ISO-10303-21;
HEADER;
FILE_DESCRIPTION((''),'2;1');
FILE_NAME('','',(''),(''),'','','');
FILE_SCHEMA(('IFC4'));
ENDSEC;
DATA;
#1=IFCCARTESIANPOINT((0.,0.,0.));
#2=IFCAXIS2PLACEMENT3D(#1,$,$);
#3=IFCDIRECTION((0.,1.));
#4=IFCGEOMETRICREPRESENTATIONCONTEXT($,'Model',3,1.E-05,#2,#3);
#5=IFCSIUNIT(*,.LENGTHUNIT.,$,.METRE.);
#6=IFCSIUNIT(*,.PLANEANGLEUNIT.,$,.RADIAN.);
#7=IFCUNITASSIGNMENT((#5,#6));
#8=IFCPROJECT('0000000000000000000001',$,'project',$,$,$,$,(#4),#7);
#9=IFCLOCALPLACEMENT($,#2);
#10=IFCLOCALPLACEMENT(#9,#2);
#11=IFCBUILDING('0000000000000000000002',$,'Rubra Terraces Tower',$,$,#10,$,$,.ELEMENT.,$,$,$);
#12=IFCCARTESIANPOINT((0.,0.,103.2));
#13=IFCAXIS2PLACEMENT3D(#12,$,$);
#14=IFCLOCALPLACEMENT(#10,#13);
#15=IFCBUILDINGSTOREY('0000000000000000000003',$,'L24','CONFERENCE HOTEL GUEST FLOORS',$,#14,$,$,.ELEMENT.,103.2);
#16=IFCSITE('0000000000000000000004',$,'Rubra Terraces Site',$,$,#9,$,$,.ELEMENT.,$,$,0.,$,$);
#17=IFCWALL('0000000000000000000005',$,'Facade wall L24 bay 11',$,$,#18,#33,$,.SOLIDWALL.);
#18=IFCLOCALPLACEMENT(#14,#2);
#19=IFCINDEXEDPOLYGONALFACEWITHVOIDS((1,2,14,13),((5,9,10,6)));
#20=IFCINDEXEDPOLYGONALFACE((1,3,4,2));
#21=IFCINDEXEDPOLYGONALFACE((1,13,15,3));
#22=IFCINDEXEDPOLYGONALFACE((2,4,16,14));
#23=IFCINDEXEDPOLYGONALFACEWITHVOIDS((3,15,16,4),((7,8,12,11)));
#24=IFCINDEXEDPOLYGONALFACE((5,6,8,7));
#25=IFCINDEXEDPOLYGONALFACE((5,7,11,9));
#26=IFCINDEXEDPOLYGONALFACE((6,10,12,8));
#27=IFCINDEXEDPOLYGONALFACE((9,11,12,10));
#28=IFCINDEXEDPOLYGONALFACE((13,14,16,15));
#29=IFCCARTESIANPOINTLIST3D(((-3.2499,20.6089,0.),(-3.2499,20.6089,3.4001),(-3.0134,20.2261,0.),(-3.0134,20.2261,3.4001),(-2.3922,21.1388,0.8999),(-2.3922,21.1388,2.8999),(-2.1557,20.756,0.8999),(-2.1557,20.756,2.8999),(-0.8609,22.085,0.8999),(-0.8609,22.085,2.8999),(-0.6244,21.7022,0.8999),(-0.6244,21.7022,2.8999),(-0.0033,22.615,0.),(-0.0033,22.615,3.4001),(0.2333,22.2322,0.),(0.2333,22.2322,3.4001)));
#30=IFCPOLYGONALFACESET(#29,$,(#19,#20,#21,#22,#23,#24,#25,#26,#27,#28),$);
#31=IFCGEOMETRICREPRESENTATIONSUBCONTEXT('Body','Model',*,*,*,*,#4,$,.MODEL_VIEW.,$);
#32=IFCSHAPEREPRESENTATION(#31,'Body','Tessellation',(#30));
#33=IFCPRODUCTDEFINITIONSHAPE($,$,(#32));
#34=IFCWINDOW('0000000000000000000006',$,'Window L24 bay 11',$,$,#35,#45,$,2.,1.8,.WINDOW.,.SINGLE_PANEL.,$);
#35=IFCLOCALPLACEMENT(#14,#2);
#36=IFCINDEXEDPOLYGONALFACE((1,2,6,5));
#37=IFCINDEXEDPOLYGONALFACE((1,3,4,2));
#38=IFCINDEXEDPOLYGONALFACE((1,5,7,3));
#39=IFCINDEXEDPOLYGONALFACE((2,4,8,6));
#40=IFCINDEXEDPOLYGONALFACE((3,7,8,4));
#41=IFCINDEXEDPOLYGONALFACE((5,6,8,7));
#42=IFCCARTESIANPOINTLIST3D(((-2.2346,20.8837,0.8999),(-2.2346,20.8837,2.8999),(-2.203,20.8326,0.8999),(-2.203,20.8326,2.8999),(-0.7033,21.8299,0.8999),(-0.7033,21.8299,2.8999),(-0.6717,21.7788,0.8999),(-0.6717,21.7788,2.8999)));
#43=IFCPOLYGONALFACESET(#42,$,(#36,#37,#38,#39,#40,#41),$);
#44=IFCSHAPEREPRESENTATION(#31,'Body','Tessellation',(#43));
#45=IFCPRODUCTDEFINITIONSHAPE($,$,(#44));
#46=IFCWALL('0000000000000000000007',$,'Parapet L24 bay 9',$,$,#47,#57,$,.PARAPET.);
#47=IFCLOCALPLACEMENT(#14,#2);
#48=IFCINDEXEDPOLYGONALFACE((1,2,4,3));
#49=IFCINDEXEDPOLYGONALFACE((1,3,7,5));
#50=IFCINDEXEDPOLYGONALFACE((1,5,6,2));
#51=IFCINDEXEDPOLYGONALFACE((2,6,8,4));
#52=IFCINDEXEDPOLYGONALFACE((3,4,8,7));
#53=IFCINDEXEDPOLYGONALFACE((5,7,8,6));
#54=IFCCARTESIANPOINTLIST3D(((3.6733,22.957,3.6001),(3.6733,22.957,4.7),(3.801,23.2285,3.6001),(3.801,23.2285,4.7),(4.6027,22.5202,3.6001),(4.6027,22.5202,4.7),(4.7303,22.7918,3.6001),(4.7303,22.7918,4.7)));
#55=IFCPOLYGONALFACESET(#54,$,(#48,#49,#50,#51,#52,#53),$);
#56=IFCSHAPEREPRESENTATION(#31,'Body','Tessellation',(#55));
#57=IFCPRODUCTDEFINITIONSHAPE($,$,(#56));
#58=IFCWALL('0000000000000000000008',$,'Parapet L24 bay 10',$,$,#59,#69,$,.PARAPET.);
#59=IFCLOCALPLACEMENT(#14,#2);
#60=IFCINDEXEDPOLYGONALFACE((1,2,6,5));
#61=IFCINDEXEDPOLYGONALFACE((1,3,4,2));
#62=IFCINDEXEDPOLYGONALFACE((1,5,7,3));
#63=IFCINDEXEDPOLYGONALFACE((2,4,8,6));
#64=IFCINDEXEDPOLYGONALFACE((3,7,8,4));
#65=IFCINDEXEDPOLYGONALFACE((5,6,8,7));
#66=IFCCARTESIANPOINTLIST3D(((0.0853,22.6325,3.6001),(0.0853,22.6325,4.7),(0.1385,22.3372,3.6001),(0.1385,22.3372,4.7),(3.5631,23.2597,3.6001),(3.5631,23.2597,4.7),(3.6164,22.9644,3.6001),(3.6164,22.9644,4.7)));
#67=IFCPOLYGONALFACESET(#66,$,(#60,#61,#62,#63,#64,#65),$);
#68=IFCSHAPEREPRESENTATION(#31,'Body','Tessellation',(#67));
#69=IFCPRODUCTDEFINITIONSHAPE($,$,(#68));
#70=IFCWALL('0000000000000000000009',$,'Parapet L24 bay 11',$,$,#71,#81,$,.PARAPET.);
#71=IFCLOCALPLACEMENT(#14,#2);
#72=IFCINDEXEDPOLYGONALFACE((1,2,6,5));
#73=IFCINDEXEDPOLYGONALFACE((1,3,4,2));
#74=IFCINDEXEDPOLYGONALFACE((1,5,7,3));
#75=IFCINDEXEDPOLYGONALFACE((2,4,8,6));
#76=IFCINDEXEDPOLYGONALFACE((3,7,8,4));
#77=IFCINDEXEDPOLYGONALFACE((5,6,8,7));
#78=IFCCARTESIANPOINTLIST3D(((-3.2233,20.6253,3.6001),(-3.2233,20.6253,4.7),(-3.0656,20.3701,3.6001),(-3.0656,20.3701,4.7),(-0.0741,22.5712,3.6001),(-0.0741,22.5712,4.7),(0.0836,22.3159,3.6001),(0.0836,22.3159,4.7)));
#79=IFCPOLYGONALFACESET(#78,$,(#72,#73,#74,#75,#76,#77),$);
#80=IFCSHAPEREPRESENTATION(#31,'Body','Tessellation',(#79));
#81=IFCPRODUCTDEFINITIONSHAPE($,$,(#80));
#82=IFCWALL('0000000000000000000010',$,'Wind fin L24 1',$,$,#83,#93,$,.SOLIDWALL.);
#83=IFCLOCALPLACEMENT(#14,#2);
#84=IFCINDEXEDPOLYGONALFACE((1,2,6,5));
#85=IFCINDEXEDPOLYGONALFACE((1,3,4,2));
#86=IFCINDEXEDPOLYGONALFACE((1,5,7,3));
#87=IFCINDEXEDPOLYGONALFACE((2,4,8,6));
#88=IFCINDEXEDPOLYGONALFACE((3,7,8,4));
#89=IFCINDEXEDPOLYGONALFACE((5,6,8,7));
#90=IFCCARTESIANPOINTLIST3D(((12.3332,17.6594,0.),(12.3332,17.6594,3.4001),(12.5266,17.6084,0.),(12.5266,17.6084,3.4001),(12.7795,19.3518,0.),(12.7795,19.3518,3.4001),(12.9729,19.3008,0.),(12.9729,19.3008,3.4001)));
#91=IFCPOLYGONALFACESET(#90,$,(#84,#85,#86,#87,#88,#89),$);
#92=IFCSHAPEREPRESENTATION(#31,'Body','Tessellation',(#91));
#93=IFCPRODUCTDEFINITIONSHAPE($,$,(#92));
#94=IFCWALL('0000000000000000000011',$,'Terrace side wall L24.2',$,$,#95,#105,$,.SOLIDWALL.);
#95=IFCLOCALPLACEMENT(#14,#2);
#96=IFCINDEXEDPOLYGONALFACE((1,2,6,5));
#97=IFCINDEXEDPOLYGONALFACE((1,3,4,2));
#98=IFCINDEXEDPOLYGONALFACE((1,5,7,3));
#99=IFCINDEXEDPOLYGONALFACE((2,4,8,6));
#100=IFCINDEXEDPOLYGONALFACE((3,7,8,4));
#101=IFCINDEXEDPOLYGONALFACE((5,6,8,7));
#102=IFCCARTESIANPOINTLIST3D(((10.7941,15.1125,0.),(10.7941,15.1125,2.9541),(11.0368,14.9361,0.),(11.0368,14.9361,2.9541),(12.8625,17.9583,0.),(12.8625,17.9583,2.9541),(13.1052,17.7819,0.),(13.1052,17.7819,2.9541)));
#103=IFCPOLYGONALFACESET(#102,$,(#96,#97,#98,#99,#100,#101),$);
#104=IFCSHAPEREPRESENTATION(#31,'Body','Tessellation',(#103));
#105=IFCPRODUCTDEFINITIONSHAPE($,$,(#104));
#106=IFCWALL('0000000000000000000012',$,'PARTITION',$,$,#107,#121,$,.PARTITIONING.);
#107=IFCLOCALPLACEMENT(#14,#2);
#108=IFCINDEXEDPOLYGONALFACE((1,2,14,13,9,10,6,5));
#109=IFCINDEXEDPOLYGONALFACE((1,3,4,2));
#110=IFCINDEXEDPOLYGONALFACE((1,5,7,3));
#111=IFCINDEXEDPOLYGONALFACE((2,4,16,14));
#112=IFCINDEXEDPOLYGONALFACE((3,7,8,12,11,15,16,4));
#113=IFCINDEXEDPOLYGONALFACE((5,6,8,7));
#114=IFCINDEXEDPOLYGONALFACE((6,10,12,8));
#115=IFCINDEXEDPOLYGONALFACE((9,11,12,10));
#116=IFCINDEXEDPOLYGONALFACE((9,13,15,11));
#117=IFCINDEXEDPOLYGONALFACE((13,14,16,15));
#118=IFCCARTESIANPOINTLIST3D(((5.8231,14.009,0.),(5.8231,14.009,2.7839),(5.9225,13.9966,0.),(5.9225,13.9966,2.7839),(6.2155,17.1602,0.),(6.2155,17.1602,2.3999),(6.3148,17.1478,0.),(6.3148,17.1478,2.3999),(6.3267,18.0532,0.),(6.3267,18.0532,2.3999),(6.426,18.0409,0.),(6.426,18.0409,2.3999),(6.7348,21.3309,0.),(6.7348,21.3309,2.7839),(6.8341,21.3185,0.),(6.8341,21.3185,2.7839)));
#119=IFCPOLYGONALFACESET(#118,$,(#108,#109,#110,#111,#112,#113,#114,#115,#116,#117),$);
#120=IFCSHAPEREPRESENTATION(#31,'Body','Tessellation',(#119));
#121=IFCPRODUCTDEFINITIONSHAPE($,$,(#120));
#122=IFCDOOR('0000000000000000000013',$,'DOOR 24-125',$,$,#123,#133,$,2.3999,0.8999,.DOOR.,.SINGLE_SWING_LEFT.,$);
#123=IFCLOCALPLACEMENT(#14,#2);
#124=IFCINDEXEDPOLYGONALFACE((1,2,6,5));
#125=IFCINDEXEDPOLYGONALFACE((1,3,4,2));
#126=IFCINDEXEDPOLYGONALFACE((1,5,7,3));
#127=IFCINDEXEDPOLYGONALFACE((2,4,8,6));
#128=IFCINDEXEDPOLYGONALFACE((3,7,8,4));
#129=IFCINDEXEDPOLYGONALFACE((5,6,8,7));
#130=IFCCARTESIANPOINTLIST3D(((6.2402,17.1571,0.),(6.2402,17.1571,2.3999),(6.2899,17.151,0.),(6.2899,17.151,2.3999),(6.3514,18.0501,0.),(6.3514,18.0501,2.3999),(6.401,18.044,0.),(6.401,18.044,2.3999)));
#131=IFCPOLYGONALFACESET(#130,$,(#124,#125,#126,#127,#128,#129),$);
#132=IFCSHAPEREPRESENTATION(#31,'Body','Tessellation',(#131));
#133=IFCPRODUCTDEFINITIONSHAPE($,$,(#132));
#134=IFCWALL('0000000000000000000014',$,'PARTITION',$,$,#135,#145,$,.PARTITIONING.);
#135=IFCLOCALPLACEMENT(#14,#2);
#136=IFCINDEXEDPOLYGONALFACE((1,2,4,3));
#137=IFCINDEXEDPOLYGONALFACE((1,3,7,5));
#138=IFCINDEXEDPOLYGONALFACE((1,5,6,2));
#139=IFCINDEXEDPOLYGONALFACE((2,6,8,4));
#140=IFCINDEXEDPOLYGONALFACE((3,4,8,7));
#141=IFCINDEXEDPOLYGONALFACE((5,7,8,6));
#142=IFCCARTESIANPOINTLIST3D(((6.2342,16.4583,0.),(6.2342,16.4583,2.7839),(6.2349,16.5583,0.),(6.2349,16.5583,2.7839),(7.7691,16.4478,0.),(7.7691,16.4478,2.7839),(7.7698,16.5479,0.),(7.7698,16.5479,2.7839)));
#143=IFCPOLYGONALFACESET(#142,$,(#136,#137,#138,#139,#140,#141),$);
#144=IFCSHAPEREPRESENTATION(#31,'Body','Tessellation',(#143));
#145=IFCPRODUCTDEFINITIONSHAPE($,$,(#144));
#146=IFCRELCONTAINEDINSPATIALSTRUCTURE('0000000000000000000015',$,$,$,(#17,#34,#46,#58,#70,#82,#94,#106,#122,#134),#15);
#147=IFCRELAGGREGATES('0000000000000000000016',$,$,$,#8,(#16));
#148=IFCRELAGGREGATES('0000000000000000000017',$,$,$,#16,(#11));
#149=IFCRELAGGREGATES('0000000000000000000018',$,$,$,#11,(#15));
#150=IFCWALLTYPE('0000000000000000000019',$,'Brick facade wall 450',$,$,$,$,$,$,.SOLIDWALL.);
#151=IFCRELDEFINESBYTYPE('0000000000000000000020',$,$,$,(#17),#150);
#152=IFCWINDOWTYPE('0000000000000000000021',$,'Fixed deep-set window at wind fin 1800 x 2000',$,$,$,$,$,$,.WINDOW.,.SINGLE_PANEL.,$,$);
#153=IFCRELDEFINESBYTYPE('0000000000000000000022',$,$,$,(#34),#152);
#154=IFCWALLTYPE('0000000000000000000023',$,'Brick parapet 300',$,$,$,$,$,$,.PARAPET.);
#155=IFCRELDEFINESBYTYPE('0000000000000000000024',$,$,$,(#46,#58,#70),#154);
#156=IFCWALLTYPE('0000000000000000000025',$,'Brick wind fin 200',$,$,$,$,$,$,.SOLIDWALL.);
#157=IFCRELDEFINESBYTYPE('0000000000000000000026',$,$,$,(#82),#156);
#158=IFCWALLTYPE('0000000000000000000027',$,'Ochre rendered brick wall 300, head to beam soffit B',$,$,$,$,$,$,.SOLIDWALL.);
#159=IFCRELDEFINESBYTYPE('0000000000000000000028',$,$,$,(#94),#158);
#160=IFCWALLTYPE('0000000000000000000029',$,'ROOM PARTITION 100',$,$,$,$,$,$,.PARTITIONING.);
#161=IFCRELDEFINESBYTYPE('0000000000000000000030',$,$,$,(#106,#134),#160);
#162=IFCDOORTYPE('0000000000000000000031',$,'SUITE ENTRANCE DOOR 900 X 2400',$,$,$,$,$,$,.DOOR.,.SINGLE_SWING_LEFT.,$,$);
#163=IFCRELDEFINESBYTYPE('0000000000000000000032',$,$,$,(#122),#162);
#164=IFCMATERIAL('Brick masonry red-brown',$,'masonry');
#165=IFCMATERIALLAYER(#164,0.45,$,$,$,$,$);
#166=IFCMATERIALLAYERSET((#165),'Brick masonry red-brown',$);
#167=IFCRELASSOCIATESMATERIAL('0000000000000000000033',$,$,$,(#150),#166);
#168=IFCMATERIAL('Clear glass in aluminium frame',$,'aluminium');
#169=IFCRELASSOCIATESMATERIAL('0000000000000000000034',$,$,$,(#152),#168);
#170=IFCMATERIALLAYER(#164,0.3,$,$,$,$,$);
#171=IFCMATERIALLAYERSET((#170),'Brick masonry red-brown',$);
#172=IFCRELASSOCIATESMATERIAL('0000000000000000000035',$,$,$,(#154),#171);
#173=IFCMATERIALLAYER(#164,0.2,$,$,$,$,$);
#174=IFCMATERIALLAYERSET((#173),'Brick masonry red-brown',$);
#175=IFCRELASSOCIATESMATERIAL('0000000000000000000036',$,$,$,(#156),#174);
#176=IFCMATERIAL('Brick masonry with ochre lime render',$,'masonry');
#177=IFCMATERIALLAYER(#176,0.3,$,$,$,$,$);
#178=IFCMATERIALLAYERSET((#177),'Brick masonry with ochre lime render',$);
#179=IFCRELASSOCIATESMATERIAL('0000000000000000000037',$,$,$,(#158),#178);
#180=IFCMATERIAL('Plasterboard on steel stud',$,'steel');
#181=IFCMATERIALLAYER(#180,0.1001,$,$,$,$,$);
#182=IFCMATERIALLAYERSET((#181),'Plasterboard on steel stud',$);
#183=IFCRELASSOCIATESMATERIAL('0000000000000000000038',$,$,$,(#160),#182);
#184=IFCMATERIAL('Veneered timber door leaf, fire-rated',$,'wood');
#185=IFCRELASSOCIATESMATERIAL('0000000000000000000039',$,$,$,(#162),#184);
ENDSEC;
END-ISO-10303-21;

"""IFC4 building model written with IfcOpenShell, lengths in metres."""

from ifc_helpers import new_model, si_unit, direction, frame, frame_2d, origin, place, context, subcontext, project, spatial, rectangle, extrude, material, layer, layer_set, type_object, element, fill, save


model = new_model("IFC4")

# Units and contexts
model_context = context("Model", 3, precision=1e-05, world=origin(), true_north=direction((0.0, 1.0)))
body_context = subcontext(model_context, "Body", "Model", "MODEL_VIEW")
ifc_project = project(units=[si_unit("LENGTHUNIT", "METRE"), si_unit("PLANEANGLEUNIT", "RADIAN")], contexts=[model_context])

# Site, building, storey
site_placement = place(None, origin())
site = spatial("IfcSite", under=ifc_project, at=site_placement, Name="Rubra Terraces Site", CompositionType="ELEMENT", RefElevation=0.0)
building_placement = place(site_placement, origin())
building = spatial("IfcBuilding", under=site, at=building_placement, Name="Rubra Terraces Tower", CompositionType="ELEMENT")
storey_placement = place(building_placement, frame((0.0, 0.0, 103.2)))
storey = spatial("IfcBuildingStorey", under=building, at=storey_placement, Name="L24", Description="CONFERENCE HOTEL GUEST FLOORS", CompositionType="ELEMENT", Elevation=103.2)

# Shared definitions
ifc_material_1 = material(Name="Brick masonry red-brown", Category="masonry")

# Wall, opening, window
ifc_layer_1 = layer(ifc_material_1, 0.45)
ifc_layer_set_1 = layer_set([ifc_layer_1], Name="Brick masonry red-brown")
wall_type_1 = type_object("IfcWallType", Name="Brick facade wall 450", PredefinedType="SOLIDWALL", material=ifc_layer_set_1)
ifc_material_2 = material(Name="Clear glass in aluminium frame", Category="aluminium")
wall_1_placement = place(storey_placement, frame((0.115, 22.4236, 0.0), z_axis=(0.0, 0.0, 1.0), x_axis=(-0.850697, -0.525656, 0.0)))
wall_1 = element("IfcWall", 1, at=wall_1_placement, inside=storey, type_object=wall_type_1, Name="Facade wall L24 bay 11", PredefinedType="SOLIDWALL", context=body_context, shape_type="SweptSolid", body=[
    extrude(rectangle(XDim=3.8164, YDim=0.45, at=frame_2d((1.9082, 0.0))), origin(), (0.0, 0.0, 1.0), 3.4001),
])
opening_1_placement = place(wall_1_placement, frame((1.0083, 0.0, 0.8999)))
opening_1 = element("IfcOpeningElement", 2, at=opening_1_placement, cuts=wall_1, PredefinedType="OPENING", context=body_context, shape_type="SweptSolid", body=[
    extrude(rectangle(XDim=1.8, YDim=2.0, at=frame_2d((0.8999, 1.0))), frame((0.0, 0.2349, 0.0), z_axis=(0.0, -1.0, 0.0), x_axis=(1.0, 0.0, 0.0)), (0.0, 0.0, 1.0), 0.47),
])
window_type_1 = type_object("IfcWindowType", Name="Fixed deep-set window at wind fin 1800 x 2000", PartitioningType="SINGLE_PANEL", PredefinedType="WINDOW", material=ifc_material_2)
window_1_placement = place(opening_1_placement, origin())
window_1 = element("IfcWindow", 3, at=window_1_placement, inside=storey, type_object=window_type_1, Name="Window L24 bay 11", OverallHeight=2.0, OverallWidth=1.8, PartitioningType="SINGLE_PANEL", PredefinedType="WINDOW", context=body_context, shape_type="SweptSolid", body=[
    extrude(rectangle(XDim=1.8, YDim=2.0, at=frame_2d((0.8999, 1.0))), frame((0.0, 0.135, 0.0), z_axis=(0.0, -1.0, 0.0), x_axis=(1.0, 0.0, 0.0)), (0.0, 0.0, 1.0), 0.0601),
])
fill(opening_1, window_1)

# Walls
ifc_layer_2 = layer(ifc_material_1, 0.3)
ifc_layer_set_2 = layer_set([ifc_layer_2], Name="Brick masonry red-brown")
wall_type_2 = type_object("IfcWallType", Name="Brick parapet 300", PredefinedType="PARAPET", material=ifc_layer_set_2)
wall_2_placement = place(storey_placement, frame((4.6665, 22.656, 3.6001), z_axis=(0.0, 0.0, 1.0), x_axis=(-0.90505, 0.425305, 0.0)))
element("IfcWall", 4, at=wall_2_placement, inside=storey, type_object=wall_type_2, Name="Parapet L24 bay 9", PredefinedType="PARAPET", context=body_context, shape_type="SweptSolid", body=[
    extrude(rectangle(XDim=1.0269, YDim=0.3, at=frame_2d((0.5134, 0.0))), origin(), (0.0, 0.0, 1.0), 1.0999),
])
wall_3_placement = place(storey_placement, frame((3.5898, 23.1121, 3.6001), z_axis=(0.0, 0.0, 1.0), x_axis=(-0.984124, -0.177481, 0.0)))
element("IfcWall", 5, at=wall_3_placement, inside=storey, type_object=wall_type_2, Name="Parapet L24 bay 10", PredefinedType="PARAPET", context=body_context, shape_type="SweptSolid", body=[
    extrude(rectangle(XDim=3.5339, YDim=0.3, at=frame_2d((1.7671, 0.0))), origin(), (0.0, 0.0, 1.0), 1.0999),
])
wall_4_placement = place(storey_placement, frame((0.0049, 22.4436, 3.6001), z_axis=(0.0, 0.0, 1.0), x_axis=(-0.85071, -0.525635, 0.0)))
element("IfcWall", 6, at=wall_4_placement, inside=storey, type_object=wall_type_2, Name="Parapet L24 bay 11", PredefinedType="PARAPET", context=body_context, shape_type="SweptSolid", body=[
    extrude(rectangle(XDim=3.7019, YDim=0.3, at=frame_2d((1.8511, 0.0))), origin(), (0.0, 0.0, 1.0), 1.0999),
])
ifc_layer_3 = layer(ifc_material_1, 0.2)
ifc_layer_set_3 = layer_set([ifc_layer_3], Name="Brick masonry red-brown")
wall_type_3 = type_object("IfcWallType", Name="Brick wind fin 200", PredefinedType="SOLIDWALL", material=ifc_layer_set_3)
wall_5_placement = place(storey_placement, frame((12.4299, 17.634, 0.0), z_axis=(0.0, 0.0, 1.0), x_axis=(0.254988, 0.966944, 0.0)))
element("IfcWall", 7, at=wall_5_placement, inside=storey, type_object=wall_type_3, Name="Wind fin L24 1", PredefinedType="SOLIDWALL", context=body_context, shape_type="SweptSolid", body=[
    extrude(rectangle(XDim=1.7502, YDim=0.2, at=frame_2d((0.875, 0.0))), origin(), (0.0, 0.0, 1.0), 3.4001),
])
ifc_material_3 = material(Name="Brick masonry with ochre lime render", Category="masonry")
ifc_layer_4 = layer(ifc_material_3, 0.3)
ifc_layer_set_4 = layer_set([ifc_layer_4], Name="Brick masonry with ochre lime render")
wall_type_4 = type_object("IfcWallType", Name="Ochre rendered brick wall 300, head to beam soffit B", PredefinedType="SOLIDWALL", material=ifc_layer_set_4)
wall_6_placement = place(storey_placement, frame((12.9839, 17.8701, 0.0), z_axis=(0.0, 0.0, 1.0), x_axis=(-0.587941, -0.808904, 0.0)))
element("IfcWall", 8, at=wall_6_placement, inside=storey, type_object=wall_type_4, Name="Terrace side wall L24.2", PredefinedType="SOLIDWALL", context=body_context, shape_type="SweptSolid", body=[
    extrude(rectangle(XDim=3.5181, YDim=0.3, at=frame_2d((1.759, 0.0))), origin(), (0.0, 0.0, 1.0), 2.9541),
])

# Wall, opening, door
ifc_material_4 = material(Name="Plasterboard on steel stud", Category="steel")
ifc_layer_5 = layer(ifc_material_4, 0.1001)
ifc_layer_set_5 = layer_set([ifc_layer_5], Name="Plasterboard on steel stud")
wall_type_5 = type_object("IfcWallType", Name="ROOM PARTITION 100", PredefinedType="PARTITIONING", material=ifc_layer_set_5)
wall_7_placement = place(storey_placement, frame((6.7844, 21.3247, 0.0), z_axis=(0.0, 0.0, 1.0), x_axis=(-0.123554, -0.992338, 0.0)))
wall_7 = element("IfcWall", 9, at=wall_7_placement, inside=storey, type_object=wall_type_5, Name="PARTITION", PredefinedType="PARTITIONING", context=body_context, shape_type="SweptSolid", body=[
    extrude(rectangle(XDim=7.3784, YDim=0.1001, at=frame_2d((3.6892, 0.0))), origin(), (0.0, 0.0, 1.0), 2.7839),
])
opening_2_placement = place(wall_7_placement, frame((3.303, 0.0, 0.0)))
opening_2 = element("IfcOpeningElement", 10, at=opening_2_placement, cuts=wall_7, PredefinedType="OPENING", context=body_context, shape_type="SweptSolid", body=[
    extrude(rectangle(XDim=0.8999, YDim=2.3999, at=frame_2d((0.45, 1.2))), frame((0.0, 0.0601, 0.0), z_axis=(0.0, -1.0, 0.0), x_axis=(1.0, 0.0, 0.0)), (0.0, 0.0, 1.0), 0.1201),
])
ifc_material_5 = material(Name="Veneered timber door leaf, fire-rated", Category="wood")
door_type = type_object("IfcDoorType", Name="SUITE ENTRANCE DOOR 900 X 2400", OperationType="SINGLE_SWING_LEFT", PredefinedType="DOOR", material=ifc_material_5)
door_placement = place(opening_2_placement, origin())
door = element("IfcDoor", 11, at=door_placement, inside=storey, type_object=door_type, Name="DOOR 24-125", OperationType="SINGLE_SWING_LEFT", OverallHeight=2.3999, OverallWidth=0.8999, PredefinedType="DOOR", context=body_context, shape_type="SweptSolid", body=[
    extrude(rectangle(XDim=0.8999, YDim=2.3999, at=frame_2d((0.45, 1.2))), frame((0.0, 0.0249, 0.0), z_axis=(0.0, -1.0, 0.0), x_axis=(1.0, 0.0, 0.0)), (0.0, 0.0, 1.0), 0.05),
])
fill(opening_2, door)

# Wall
wall_8_placement = place(storey_placement, frame((7.7695, 16.4978, 0.0), z_axis=(0.0, 0.0, 1.0), x_axis=(-0.999977, 0.006839, 0.0)))
element("IfcWall", 12, at=wall_8_placement, inside=storey, type_object=wall_type_5, Name="PARTITION", PredefinedType="PARTITIONING", context=body_context, shape_type="SweptSolid", body=[
    extrude(rectangle(XDim=1.5349, YDim=0.1001, at=frame_2d((0.7676, 0.0))), origin(), (0.0, 0.0, 1.0), 2.7839),
])

save(model, "model.ifc")
